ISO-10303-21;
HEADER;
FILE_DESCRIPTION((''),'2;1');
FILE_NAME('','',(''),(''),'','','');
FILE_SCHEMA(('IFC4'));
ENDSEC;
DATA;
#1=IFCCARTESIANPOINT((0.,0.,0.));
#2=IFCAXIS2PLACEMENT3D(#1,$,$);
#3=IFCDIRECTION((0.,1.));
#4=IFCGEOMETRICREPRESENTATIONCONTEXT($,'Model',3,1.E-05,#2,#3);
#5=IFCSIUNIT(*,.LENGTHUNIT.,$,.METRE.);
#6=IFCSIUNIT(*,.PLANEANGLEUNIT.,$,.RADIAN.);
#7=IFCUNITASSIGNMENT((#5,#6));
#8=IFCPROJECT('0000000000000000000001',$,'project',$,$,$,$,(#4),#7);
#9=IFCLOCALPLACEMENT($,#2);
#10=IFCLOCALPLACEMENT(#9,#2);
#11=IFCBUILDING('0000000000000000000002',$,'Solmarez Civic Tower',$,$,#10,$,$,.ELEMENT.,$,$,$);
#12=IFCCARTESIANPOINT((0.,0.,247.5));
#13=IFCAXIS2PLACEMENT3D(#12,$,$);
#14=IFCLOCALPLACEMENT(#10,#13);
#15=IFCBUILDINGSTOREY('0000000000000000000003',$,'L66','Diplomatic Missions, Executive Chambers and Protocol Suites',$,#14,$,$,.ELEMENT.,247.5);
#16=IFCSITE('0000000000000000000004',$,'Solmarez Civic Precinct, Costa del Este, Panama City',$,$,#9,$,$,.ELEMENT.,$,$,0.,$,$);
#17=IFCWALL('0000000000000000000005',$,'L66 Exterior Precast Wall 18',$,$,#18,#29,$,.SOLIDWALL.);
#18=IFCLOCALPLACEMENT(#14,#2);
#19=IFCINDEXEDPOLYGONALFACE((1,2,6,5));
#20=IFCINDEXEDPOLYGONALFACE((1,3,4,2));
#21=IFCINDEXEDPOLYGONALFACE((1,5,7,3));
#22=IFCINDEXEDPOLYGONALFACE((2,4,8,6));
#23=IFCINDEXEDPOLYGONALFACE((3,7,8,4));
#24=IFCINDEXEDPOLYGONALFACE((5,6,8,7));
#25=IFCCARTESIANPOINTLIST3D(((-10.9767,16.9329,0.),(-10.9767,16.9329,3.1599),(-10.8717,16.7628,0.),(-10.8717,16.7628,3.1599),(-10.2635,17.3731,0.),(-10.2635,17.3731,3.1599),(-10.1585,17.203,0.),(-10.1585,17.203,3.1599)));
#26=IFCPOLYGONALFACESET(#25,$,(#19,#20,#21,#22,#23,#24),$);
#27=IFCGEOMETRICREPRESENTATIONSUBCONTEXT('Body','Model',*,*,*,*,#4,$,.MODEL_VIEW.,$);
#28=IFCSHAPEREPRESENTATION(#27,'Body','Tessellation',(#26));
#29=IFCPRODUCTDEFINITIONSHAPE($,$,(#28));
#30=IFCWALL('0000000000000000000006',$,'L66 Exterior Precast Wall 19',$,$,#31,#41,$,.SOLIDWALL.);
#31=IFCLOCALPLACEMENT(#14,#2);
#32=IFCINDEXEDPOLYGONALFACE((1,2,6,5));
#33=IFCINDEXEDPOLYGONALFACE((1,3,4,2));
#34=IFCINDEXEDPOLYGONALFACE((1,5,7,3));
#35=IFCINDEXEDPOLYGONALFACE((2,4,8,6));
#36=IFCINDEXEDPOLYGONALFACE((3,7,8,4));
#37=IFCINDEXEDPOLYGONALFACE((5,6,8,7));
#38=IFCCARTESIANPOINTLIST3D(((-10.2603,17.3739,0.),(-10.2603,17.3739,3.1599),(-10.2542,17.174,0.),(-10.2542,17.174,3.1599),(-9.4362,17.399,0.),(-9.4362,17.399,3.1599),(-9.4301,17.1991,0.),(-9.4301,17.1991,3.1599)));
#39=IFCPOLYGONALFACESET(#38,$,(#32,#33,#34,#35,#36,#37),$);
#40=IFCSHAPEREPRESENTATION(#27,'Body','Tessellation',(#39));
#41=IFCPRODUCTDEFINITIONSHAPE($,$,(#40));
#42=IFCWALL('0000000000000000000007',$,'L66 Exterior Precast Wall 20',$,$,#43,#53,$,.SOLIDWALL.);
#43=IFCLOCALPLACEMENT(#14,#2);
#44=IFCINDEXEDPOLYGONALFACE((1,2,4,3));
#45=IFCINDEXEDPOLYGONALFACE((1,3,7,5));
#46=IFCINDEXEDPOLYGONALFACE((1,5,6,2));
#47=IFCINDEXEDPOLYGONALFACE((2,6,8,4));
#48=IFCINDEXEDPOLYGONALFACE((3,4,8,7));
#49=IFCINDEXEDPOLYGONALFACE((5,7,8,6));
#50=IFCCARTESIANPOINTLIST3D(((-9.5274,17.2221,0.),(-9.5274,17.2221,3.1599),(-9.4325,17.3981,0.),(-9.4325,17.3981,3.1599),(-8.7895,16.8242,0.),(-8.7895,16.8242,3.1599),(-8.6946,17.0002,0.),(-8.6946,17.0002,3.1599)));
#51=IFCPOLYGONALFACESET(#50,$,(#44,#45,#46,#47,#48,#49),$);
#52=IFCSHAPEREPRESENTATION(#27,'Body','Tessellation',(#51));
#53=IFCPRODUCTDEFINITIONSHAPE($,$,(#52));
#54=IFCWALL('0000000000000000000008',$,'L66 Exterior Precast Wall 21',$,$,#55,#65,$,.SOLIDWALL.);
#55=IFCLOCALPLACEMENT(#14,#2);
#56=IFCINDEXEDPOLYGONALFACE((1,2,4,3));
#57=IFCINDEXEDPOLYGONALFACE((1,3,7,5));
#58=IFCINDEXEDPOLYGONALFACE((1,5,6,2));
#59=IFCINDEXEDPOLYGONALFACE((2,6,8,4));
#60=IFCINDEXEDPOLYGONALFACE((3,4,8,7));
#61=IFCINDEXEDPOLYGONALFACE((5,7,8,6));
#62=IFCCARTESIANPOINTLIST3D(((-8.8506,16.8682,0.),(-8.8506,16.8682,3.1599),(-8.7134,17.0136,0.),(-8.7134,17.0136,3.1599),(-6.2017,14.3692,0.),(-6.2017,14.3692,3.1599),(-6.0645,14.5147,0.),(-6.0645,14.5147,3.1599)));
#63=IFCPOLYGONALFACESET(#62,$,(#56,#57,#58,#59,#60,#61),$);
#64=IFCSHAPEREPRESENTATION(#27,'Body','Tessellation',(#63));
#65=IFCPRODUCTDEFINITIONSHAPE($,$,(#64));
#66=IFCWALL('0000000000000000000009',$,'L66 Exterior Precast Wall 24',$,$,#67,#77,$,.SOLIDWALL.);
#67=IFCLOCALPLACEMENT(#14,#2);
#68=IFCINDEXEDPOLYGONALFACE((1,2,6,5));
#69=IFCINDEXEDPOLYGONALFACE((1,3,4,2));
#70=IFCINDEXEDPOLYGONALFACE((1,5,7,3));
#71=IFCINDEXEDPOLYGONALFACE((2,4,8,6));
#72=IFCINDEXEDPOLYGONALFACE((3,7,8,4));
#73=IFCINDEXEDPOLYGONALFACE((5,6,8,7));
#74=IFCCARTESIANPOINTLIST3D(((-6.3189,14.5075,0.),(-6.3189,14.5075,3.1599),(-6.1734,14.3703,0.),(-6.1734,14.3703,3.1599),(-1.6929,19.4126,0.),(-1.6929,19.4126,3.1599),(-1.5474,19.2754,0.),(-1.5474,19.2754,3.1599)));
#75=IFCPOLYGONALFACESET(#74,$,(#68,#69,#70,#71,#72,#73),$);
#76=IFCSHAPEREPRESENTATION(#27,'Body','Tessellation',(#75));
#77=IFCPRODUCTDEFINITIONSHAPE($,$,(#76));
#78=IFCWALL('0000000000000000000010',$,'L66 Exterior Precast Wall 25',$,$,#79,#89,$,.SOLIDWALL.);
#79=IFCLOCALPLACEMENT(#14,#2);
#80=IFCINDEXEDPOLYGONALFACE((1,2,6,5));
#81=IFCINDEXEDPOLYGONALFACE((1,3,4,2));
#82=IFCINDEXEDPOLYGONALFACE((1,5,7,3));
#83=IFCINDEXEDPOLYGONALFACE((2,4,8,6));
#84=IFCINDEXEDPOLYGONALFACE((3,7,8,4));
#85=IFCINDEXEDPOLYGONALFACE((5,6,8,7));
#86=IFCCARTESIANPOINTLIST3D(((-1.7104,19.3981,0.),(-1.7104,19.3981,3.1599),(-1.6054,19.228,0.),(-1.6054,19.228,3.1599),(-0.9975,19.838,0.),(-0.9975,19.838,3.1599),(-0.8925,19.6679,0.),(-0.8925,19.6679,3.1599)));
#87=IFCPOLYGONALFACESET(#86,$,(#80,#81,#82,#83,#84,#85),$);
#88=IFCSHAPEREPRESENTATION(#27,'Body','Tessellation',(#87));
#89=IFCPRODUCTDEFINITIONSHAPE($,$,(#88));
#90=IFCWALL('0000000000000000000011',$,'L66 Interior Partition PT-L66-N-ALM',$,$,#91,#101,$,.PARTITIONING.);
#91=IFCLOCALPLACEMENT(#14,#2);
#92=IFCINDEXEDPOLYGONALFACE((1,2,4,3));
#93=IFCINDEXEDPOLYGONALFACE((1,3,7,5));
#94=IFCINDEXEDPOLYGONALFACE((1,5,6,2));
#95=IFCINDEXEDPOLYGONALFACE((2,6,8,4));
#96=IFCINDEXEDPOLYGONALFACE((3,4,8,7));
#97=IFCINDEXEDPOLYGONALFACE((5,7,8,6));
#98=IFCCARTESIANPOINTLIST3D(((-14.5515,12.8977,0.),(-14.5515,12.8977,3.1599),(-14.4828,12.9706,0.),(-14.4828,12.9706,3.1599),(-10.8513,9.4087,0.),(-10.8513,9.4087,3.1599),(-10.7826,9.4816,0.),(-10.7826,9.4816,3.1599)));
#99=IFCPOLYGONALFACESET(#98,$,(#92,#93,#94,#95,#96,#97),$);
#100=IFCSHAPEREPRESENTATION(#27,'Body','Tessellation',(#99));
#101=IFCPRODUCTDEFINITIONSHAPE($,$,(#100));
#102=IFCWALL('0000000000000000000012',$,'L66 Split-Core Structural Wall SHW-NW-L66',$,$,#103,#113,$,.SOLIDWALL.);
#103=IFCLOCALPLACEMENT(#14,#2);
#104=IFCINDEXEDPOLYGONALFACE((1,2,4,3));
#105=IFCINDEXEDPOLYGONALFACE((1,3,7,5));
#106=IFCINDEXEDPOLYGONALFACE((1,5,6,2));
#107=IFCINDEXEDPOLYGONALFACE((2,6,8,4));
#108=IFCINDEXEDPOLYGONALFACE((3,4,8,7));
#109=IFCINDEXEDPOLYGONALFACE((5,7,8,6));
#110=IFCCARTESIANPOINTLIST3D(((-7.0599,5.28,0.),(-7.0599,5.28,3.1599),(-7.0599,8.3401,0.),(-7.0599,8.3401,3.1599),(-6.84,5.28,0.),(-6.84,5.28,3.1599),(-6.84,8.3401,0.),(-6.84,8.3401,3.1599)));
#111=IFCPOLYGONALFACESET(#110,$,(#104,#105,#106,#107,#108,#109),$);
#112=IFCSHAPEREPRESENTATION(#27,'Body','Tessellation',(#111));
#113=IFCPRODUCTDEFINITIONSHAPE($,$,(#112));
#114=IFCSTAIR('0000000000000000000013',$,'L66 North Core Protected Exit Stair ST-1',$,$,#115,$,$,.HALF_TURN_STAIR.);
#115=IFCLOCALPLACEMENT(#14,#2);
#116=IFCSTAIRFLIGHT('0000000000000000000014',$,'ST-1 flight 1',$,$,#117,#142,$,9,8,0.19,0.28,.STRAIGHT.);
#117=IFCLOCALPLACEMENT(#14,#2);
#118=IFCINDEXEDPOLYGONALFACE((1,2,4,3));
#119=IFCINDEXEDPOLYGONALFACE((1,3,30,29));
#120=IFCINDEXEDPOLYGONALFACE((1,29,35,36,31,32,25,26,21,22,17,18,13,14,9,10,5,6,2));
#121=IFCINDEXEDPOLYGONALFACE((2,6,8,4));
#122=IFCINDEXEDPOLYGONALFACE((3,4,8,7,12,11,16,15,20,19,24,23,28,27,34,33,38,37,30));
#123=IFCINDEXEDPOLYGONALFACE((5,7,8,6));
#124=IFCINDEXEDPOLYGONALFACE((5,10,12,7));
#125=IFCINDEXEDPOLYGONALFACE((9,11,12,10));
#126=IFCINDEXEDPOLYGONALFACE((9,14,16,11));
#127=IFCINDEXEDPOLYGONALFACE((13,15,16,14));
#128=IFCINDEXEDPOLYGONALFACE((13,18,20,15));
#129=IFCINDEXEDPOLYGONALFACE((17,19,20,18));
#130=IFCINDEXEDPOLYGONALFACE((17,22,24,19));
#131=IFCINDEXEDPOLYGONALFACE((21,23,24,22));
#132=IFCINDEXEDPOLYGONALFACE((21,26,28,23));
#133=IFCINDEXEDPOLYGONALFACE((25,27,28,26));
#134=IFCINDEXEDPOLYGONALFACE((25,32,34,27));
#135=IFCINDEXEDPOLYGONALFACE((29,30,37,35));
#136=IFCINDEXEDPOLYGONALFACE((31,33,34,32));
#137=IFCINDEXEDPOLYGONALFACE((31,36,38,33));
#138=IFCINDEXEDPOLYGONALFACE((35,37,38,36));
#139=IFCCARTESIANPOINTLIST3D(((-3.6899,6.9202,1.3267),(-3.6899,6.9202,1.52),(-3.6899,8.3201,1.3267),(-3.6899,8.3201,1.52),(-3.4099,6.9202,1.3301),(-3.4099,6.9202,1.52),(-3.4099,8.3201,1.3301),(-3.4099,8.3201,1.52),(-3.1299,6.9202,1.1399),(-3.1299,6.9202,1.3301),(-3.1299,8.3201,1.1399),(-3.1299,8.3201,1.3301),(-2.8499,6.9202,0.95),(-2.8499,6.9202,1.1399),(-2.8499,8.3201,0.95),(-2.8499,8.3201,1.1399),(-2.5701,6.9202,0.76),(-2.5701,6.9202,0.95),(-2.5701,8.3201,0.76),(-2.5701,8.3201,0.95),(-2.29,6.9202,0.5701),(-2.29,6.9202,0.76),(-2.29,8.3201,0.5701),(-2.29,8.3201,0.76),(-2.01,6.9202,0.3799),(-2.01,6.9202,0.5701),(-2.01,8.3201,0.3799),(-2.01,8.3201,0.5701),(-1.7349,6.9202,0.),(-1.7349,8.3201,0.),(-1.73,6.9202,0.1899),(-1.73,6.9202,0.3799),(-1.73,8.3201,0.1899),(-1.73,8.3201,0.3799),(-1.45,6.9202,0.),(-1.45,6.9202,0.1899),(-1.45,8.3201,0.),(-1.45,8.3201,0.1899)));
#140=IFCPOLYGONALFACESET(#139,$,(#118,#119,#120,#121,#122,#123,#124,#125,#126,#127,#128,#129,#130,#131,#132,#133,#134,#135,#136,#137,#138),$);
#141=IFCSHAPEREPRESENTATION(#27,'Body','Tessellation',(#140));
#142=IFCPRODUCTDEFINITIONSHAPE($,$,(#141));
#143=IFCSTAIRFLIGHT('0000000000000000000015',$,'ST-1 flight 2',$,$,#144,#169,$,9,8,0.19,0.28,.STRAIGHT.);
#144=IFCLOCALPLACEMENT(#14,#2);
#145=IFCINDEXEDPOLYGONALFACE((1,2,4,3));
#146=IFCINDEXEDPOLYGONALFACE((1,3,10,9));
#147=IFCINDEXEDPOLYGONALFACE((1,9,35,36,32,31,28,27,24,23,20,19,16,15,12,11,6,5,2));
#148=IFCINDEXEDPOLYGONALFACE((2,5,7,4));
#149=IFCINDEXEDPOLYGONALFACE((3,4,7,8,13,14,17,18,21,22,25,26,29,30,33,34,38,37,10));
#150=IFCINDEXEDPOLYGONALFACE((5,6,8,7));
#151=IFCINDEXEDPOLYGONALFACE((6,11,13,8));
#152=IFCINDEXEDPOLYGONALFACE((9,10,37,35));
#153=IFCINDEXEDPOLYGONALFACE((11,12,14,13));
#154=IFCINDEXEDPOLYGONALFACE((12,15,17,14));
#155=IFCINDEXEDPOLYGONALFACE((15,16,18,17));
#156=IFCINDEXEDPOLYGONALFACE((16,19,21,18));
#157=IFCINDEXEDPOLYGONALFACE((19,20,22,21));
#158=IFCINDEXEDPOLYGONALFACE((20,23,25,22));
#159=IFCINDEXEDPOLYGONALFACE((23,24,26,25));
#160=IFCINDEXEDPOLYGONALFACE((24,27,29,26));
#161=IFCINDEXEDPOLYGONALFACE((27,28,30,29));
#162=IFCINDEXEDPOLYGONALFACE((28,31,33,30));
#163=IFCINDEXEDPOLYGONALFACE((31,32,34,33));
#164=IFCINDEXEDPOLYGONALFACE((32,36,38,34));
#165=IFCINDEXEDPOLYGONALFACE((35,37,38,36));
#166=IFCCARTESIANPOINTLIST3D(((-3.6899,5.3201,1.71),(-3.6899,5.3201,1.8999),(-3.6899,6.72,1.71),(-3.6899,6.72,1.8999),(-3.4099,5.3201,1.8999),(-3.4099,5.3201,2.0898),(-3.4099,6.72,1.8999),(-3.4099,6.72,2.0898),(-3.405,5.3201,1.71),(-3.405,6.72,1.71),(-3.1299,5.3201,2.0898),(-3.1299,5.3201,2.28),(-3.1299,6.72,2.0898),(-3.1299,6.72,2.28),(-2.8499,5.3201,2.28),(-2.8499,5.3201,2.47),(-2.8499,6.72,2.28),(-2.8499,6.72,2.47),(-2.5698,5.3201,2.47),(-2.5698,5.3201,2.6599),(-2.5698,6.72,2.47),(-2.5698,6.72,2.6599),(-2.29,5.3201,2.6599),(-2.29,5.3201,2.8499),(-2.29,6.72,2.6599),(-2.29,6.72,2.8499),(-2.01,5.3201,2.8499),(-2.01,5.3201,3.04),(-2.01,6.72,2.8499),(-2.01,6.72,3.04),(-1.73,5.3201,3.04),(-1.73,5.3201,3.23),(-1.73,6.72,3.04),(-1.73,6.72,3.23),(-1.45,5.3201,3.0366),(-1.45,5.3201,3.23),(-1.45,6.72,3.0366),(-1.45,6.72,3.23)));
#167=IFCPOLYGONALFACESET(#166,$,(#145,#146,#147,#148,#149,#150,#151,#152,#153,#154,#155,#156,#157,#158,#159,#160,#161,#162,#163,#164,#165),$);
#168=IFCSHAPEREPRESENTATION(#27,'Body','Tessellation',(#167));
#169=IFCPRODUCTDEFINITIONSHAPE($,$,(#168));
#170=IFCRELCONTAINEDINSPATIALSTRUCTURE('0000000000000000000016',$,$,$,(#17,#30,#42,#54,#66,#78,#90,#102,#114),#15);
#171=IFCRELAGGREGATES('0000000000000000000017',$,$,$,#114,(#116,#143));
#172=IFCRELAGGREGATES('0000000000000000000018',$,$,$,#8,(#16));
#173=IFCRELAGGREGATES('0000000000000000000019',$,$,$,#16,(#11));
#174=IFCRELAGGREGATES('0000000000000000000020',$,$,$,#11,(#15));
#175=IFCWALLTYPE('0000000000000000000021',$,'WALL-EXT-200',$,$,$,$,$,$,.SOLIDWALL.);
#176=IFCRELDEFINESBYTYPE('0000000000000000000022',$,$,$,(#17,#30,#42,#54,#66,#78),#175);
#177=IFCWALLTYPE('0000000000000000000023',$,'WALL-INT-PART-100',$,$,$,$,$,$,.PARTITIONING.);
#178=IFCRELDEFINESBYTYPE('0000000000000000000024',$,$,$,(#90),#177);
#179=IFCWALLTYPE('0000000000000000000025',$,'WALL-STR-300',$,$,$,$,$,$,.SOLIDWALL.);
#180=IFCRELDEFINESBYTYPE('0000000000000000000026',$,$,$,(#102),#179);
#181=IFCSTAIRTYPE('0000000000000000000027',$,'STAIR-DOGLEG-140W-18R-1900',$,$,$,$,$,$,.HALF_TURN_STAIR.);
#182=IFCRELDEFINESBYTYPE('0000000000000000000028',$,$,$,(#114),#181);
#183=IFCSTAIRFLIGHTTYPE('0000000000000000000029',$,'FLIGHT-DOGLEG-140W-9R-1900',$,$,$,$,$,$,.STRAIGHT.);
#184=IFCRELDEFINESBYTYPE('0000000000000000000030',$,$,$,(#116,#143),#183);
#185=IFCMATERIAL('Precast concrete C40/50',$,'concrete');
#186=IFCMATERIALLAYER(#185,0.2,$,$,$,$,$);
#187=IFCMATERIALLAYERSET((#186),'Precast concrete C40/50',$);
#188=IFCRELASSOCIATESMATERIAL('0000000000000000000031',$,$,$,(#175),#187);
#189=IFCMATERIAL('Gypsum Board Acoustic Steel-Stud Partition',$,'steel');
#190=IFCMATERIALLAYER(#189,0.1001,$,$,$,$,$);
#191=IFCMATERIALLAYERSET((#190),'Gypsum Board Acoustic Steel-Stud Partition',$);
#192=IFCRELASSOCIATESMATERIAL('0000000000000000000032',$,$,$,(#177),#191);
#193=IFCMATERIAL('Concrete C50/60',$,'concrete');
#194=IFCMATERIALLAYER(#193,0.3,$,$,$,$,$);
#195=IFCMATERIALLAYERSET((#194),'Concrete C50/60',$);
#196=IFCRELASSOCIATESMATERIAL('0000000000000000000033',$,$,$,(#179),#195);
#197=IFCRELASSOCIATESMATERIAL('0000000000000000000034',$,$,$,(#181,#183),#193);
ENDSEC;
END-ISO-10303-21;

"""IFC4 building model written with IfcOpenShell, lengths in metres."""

from ifc_helpers import new_model, si_unit, direction, frame, frame_2d, origin, place, context, subcontext, project, spatial, polyline, rectangle, outline, extrude, material, layer, layer_set, type_object, element, aggregate, save


model = new_model("IFC4")

# Units and contexts
model_context = context("Model", 3, precision=1e-05, world=origin(), true_north=direction((0.0, 1.0)))
body_context = subcontext(model_context, "Body", "Model", "MODEL_VIEW")
ifc_project = project(units=[si_unit("LENGTHUNIT", "METRE"), si_unit("PLANEANGLEUNIT", "RADIAN")], contexts=[model_context])

# Site, building, storey
site_placement = place(None, origin())
site = spatial("IfcSite", under=ifc_project, at=site_placement, Name="Solmarez Civic Precinct, Costa del Este, Panama City", CompositionType="ELEMENT", RefElevation=0.0)
building_placement = place(site_placement, origin())
building = spatial("IfcBuilding", under=site, at=building_placement, Name="Solmarez Civic Tower", CompositionType="ELEMENT")
storey_placement = place(building_placement, frame((0.0, 0.0, 247.5)))
storey = spatial("IfcBuildingStorey", under=building, at=storey_placement, Name="L66", Description="Diplomatic Missions, Executive Chambers and Protocol Suites", CompositionType="ELEMENT", Elevation=247.5)

# Shared definitions
ifc_material_1 = material(Name="Concrete C50/60", Category="concrete")

# Walls
ifc_material_2 = material(Name="Precast concrete C40/50", Category="concrete")
ifc_layer_1 = layer(ifc_material_2, 0.2)
ifc_layer_set_1 = layer_set([ifc_layer_1], Name="Precast concrete C40/50")
wall_type_1 = type_object("IfcWallType", Name="WALL-EXT-200", PredefinedType="SOLIDWALL", material=ifc_layer_set_1)
wall_1_placement = place(storey_placement, frame((-10.9241, 16.8479, 0.0), z_axis=(0.0, 0.0, 1.0), x_axis=(0.850947, 0.525251, 0.0)))
element("IfcWall", 1, at=wall_1_placement, inside=storey, type_object=wall_type_1, Name="L66 Exterior Precast Wall 18", PredefinedType="SOLIDWALL", context=body_context, shape_type="SweptSolid", body=[
    extrude(rectangle(XDim=0.8381, YDim=0.2, at=frame_2d((0.4189, 0.0))), origin(), (0.0, 0.0, 1.0), 3.1599),
])
wall_2_placement = place(storey_placement, frame((-10.2571, 17.2739, 0.0), z_axis=(0.0, 0.0, 1.0), x_axis=(0.999535, 0.030504, 0.0)))
element("IfcWall", 2, at=wall_2_placement, inside=storey, type_object=wall_type_1, Name="L66 Exterior Precast Wall 19", PredefinedType="SOLIDWALL", context=body_context, shape_type="SweptSolid", body=[
    extrude(rectangle(XDim=0.8245, YDim=0.2, at=frame_2d((0.4121, 0.0))), origin(), (0.0, 0.0, 1.0), 3.1599),
])
wall_3_placement = place(storey_placement, frame((-9.48, 17.3101, 0.0), z_axis=(0.0, 0.0, 1.0), x_axis=(0.8802, -0.474603, 0.0)))
element("IfcWall", 3, at=wall_3_placement, inside=storey, type_object=wall_type_1, Name="L66 Exterior Precast Wall 20", PredefinedType="SOLIDWALL", context=body_context, shape_type="SweptSolid", body=[
    extrude(rectangle(XDim=0.8384, YDim=0.2, at=frame_2d((0.4192, 0.0))), origin(), (0.0, 0.0, 1.0), 3.1599),
])
wall_4_placement = place(storey_placement, frame((-8.782, 16.9409, 0.0), z_axis=(0.0, 0.0, 1.0), x_axis=(0.727389, -0.686226, 0.0)))
element("IfcWall", 4, at=wall_4_placement, inside=storey, type_object=wall_type_1, Name="L66 Exterior Precast Wall 21", PredefinedType="SOLIDWALL", context=body_context, shape_type="SweptSolid", body=[
    extrude(rectangle(XDim=3.6416, YDim=0.2, at=frame_2d((1.8208, 0.0))), origin(), (0.0, 0.0, 1.0), 3.1599),
])
wall_5_placement = place(storey_placement, frame((-6.2461, 14.439, 0.0), z_axis=(0.0, 0.0, 1.0), x_axis=(0.68611, 0.727498, 0.0)))
element("IfcWall", 5, at=wall_5_placement, inside=storey, type_object=wall_type_1, Name="L66 Exterior Precast Wall 24", PredefinedType="SOLIDWALL", context=body_context, shape_type="SweptSolid", body=[
    extrude(rectangle(XDim=6.7424, YDim=0.2, at=frame_2d((3.3711, 0.0))), origin(), (0.0, 0.0, 1.0), 3.1599),
])
wall_6_placement = place(storey_placement, frame((-1.658, 19.313, 0.0), z_axis=(0.0, 0.0, 1.0), x_axis=(0.850997, 0.52517, 0.0)))
element("IfcWall", 6, at=wall_6_placement, inside=storey, type_object=wall_type_1, Name="L66 Exterior Precast Wall 25", PredefinedType="SOLIDWALL", context=body_context, shape_type="SweptSolid", body=[
    extrude(rectangle(XDim=0.8376, YDim=0.2, at=frame_2d((0.4189, 0.0))), origin(), (0.0, 0.0, 1.0), 3.1599),
])
ifc_material_3 = material(Name="Gypsum Board Acoustic Steel-Stud Partition", Category="steel")
ifc_layer_2 = layer(ifc_material_3, 0.1001)
ifc_layer_set_2 = layer_set([ifc_layer_2], Name="Gypsum Board Acoustic Steel-Stud Partition")
wall_type_2 = type_object("IfcWallType", Name="WALL-INT-PART-100", PredefinedType="PARTITIONING", material=ifc_layer_set_2)
wall_7_placement = place(storey_placement, frame((-10.8169, 9.4451, 0.0), z_axis=(0.0, 0.0, 1.0), x_axis=(-0.727564, 0.68604, 0.0)))
element("IfcWall", 7, at=wall_7_placement, inside=storey, type_object=wall_type_2, Name="L66 Interior Partition PT-L66-N-ALM", PredefinedType="PARTITIONING", context=body_context, shape_type="SweptSolid", body=[
    extrude(rectangle(XDim=5.0857, YDim=0.1001, at=frame_2d((2.543, 0.0))), origin(), (0.0, 0.0, 1.0), 3.1599),
])
ifc_layer_3 = layer(ifc_material_1, 0.3)
ifc_layer_set_3 = layer_set([ifc_layer_3], Name="Concrete C50/60")
wall_type_3 = type_object("IfcWallType", Name="WALL-STR-300", PredefinedType="SOLIDWALL", material=ifc_layer_set_3)
wall_8_placement = place(storey_placement, frame((-6.95, 5.28, 0.0), z_axis=(0.0, 0.0, 1.0), x_axis=(0.0, 1.0, 0.0)))
element("IfcWall", 8, at=wall_8_placement, inside=storey, type_object=wall_type_3, Name="L66 Split-Core Structural Wall SHW-NW-L66", PredefinedType="SOLIDWALL", context=body_context, shape_type="SweptSolid", body=[
    extrude(rectangle(XDim=3.0601, YDim=0.22, at=frame_2d((1.53, 0.0))), origin(), (0.0, 0.0, 1.0), 3.1599),
])

# Stair, stair flights
stair_type = type_object("IfcStairType", Name="STAIR-DOGLEG-140W-18R-1900", PredefinedType="HALF_TURN_STAIR", material=ifc_material_1)
stair_placement = place(storey_placement, origin())
stair = element("IfcStair", 9, at=stair_placement, inside=storey, type_object=stair_type, Name="L66 North Core Protected Exit Stair ST-1", PredefinedType="HALF_TURN_STAIR")
stair_flight_type = type_object("IfcStairFlightType", Name="FLIGHT-DOGLEG-140W-9R-1900", PredefinedType="STRAIGHT", material=ifc_material_1)
stair_flight_1_placement = place(storey_placement, frame((-1.45, 7.6201, 0.0), z_axis=(0.0, 0.0, 1.0), x_axis=(-1.0, 0.0, 0.0)))
stair_flight_1 = element("IfcStairFlight", 10, at=stair_flight_1_placement, type_object=stair_flight_type, Name="ST-1 flight 1", NumberOfRisers=9, NumberOfTreads=8, PredefinedType="STRAIGHT", RiserHeight=0.19, TreadLength=0.28, context=body_context, shape_type="SweptSolid", body=[
    extrude(outline(polyline([(0.0, 0.0), (0.0, 0.1899), (0.28, 0.1899), (0.28, 0.3799), (0.5601, 0.3799), (0.5601, 0.5701), (0.8401, 0.5701), (0.8401, 0.76), (1.1201, 0.76), (1.1201, 0.95), (1.3999, 0.95), (1.3999, 1.1399), (1.6799, 1.1399), (1.6799, 1.3301), (1.96, 1.3301), (1.96, 1.52), (2.24, 1.52), (2.24, 1.71), (2.24, 1.3267), (0.2849, 0.0), (0.0, 0.0)])), frame((0.0, 0.7, 0.0), z_axis=(0.0, -1.0, 0.0), x_axis=(1.0, 0.0, 0.0)), (0.0, 0.0, 1.0), 1.3999),
])
stair_flight_2_placement = place(storey_placement, frame((-3.6899, 6.02, 1.71), z_axis=(0.0, 0.0, 1.0), x_axis=(1.0, 0.0, 0.0)))
stair_flight_2 = element("IfcStairFlight", 11, at=stair_flight_2_placement, type_object=stair_flight_type, Name="ST-1 flight 2", NumberOfRisers=9, NumberOfTreads=8, PredefinedType="STRAIGHT", RiserHeight=0.19, TreadLength=0.28, context=body_context, shape_type="SweptSolid", body=[
    extrude(outline(polyline([(0.0, 0.0), (0.0, 0.1899), (0.28, 0.1899), (0.28, 0.3799), (0.5601, 0.3799), (0.5601, 0.5701), (0.8401, 0.5701), (0.8401, 0.76), (1.1201, 0.76), (1.1201, 0.95), (1.3999, 0.95), (1.3999, 1.1399), (1.6799, 1.1399), (1.6799, 1.3301), (1.96, 1.3301), (1.96, 1.52), (2.24, 1.52), (2.24, 1.71), (2.24, 1.3267), (0.2849, 0.0), (0.0, 0.0)])), frame((0.0, 0.7, 0.0), z_axis=(0.0, -1.0, 0.0), x_axis=(1.0, 0.0, 0.0)), (0.0, 0.0, 1.0), 1.3999),
])
aggregate(stair, [stair_flight_1, stair_flight_2])

save(model, "model.ifc")
